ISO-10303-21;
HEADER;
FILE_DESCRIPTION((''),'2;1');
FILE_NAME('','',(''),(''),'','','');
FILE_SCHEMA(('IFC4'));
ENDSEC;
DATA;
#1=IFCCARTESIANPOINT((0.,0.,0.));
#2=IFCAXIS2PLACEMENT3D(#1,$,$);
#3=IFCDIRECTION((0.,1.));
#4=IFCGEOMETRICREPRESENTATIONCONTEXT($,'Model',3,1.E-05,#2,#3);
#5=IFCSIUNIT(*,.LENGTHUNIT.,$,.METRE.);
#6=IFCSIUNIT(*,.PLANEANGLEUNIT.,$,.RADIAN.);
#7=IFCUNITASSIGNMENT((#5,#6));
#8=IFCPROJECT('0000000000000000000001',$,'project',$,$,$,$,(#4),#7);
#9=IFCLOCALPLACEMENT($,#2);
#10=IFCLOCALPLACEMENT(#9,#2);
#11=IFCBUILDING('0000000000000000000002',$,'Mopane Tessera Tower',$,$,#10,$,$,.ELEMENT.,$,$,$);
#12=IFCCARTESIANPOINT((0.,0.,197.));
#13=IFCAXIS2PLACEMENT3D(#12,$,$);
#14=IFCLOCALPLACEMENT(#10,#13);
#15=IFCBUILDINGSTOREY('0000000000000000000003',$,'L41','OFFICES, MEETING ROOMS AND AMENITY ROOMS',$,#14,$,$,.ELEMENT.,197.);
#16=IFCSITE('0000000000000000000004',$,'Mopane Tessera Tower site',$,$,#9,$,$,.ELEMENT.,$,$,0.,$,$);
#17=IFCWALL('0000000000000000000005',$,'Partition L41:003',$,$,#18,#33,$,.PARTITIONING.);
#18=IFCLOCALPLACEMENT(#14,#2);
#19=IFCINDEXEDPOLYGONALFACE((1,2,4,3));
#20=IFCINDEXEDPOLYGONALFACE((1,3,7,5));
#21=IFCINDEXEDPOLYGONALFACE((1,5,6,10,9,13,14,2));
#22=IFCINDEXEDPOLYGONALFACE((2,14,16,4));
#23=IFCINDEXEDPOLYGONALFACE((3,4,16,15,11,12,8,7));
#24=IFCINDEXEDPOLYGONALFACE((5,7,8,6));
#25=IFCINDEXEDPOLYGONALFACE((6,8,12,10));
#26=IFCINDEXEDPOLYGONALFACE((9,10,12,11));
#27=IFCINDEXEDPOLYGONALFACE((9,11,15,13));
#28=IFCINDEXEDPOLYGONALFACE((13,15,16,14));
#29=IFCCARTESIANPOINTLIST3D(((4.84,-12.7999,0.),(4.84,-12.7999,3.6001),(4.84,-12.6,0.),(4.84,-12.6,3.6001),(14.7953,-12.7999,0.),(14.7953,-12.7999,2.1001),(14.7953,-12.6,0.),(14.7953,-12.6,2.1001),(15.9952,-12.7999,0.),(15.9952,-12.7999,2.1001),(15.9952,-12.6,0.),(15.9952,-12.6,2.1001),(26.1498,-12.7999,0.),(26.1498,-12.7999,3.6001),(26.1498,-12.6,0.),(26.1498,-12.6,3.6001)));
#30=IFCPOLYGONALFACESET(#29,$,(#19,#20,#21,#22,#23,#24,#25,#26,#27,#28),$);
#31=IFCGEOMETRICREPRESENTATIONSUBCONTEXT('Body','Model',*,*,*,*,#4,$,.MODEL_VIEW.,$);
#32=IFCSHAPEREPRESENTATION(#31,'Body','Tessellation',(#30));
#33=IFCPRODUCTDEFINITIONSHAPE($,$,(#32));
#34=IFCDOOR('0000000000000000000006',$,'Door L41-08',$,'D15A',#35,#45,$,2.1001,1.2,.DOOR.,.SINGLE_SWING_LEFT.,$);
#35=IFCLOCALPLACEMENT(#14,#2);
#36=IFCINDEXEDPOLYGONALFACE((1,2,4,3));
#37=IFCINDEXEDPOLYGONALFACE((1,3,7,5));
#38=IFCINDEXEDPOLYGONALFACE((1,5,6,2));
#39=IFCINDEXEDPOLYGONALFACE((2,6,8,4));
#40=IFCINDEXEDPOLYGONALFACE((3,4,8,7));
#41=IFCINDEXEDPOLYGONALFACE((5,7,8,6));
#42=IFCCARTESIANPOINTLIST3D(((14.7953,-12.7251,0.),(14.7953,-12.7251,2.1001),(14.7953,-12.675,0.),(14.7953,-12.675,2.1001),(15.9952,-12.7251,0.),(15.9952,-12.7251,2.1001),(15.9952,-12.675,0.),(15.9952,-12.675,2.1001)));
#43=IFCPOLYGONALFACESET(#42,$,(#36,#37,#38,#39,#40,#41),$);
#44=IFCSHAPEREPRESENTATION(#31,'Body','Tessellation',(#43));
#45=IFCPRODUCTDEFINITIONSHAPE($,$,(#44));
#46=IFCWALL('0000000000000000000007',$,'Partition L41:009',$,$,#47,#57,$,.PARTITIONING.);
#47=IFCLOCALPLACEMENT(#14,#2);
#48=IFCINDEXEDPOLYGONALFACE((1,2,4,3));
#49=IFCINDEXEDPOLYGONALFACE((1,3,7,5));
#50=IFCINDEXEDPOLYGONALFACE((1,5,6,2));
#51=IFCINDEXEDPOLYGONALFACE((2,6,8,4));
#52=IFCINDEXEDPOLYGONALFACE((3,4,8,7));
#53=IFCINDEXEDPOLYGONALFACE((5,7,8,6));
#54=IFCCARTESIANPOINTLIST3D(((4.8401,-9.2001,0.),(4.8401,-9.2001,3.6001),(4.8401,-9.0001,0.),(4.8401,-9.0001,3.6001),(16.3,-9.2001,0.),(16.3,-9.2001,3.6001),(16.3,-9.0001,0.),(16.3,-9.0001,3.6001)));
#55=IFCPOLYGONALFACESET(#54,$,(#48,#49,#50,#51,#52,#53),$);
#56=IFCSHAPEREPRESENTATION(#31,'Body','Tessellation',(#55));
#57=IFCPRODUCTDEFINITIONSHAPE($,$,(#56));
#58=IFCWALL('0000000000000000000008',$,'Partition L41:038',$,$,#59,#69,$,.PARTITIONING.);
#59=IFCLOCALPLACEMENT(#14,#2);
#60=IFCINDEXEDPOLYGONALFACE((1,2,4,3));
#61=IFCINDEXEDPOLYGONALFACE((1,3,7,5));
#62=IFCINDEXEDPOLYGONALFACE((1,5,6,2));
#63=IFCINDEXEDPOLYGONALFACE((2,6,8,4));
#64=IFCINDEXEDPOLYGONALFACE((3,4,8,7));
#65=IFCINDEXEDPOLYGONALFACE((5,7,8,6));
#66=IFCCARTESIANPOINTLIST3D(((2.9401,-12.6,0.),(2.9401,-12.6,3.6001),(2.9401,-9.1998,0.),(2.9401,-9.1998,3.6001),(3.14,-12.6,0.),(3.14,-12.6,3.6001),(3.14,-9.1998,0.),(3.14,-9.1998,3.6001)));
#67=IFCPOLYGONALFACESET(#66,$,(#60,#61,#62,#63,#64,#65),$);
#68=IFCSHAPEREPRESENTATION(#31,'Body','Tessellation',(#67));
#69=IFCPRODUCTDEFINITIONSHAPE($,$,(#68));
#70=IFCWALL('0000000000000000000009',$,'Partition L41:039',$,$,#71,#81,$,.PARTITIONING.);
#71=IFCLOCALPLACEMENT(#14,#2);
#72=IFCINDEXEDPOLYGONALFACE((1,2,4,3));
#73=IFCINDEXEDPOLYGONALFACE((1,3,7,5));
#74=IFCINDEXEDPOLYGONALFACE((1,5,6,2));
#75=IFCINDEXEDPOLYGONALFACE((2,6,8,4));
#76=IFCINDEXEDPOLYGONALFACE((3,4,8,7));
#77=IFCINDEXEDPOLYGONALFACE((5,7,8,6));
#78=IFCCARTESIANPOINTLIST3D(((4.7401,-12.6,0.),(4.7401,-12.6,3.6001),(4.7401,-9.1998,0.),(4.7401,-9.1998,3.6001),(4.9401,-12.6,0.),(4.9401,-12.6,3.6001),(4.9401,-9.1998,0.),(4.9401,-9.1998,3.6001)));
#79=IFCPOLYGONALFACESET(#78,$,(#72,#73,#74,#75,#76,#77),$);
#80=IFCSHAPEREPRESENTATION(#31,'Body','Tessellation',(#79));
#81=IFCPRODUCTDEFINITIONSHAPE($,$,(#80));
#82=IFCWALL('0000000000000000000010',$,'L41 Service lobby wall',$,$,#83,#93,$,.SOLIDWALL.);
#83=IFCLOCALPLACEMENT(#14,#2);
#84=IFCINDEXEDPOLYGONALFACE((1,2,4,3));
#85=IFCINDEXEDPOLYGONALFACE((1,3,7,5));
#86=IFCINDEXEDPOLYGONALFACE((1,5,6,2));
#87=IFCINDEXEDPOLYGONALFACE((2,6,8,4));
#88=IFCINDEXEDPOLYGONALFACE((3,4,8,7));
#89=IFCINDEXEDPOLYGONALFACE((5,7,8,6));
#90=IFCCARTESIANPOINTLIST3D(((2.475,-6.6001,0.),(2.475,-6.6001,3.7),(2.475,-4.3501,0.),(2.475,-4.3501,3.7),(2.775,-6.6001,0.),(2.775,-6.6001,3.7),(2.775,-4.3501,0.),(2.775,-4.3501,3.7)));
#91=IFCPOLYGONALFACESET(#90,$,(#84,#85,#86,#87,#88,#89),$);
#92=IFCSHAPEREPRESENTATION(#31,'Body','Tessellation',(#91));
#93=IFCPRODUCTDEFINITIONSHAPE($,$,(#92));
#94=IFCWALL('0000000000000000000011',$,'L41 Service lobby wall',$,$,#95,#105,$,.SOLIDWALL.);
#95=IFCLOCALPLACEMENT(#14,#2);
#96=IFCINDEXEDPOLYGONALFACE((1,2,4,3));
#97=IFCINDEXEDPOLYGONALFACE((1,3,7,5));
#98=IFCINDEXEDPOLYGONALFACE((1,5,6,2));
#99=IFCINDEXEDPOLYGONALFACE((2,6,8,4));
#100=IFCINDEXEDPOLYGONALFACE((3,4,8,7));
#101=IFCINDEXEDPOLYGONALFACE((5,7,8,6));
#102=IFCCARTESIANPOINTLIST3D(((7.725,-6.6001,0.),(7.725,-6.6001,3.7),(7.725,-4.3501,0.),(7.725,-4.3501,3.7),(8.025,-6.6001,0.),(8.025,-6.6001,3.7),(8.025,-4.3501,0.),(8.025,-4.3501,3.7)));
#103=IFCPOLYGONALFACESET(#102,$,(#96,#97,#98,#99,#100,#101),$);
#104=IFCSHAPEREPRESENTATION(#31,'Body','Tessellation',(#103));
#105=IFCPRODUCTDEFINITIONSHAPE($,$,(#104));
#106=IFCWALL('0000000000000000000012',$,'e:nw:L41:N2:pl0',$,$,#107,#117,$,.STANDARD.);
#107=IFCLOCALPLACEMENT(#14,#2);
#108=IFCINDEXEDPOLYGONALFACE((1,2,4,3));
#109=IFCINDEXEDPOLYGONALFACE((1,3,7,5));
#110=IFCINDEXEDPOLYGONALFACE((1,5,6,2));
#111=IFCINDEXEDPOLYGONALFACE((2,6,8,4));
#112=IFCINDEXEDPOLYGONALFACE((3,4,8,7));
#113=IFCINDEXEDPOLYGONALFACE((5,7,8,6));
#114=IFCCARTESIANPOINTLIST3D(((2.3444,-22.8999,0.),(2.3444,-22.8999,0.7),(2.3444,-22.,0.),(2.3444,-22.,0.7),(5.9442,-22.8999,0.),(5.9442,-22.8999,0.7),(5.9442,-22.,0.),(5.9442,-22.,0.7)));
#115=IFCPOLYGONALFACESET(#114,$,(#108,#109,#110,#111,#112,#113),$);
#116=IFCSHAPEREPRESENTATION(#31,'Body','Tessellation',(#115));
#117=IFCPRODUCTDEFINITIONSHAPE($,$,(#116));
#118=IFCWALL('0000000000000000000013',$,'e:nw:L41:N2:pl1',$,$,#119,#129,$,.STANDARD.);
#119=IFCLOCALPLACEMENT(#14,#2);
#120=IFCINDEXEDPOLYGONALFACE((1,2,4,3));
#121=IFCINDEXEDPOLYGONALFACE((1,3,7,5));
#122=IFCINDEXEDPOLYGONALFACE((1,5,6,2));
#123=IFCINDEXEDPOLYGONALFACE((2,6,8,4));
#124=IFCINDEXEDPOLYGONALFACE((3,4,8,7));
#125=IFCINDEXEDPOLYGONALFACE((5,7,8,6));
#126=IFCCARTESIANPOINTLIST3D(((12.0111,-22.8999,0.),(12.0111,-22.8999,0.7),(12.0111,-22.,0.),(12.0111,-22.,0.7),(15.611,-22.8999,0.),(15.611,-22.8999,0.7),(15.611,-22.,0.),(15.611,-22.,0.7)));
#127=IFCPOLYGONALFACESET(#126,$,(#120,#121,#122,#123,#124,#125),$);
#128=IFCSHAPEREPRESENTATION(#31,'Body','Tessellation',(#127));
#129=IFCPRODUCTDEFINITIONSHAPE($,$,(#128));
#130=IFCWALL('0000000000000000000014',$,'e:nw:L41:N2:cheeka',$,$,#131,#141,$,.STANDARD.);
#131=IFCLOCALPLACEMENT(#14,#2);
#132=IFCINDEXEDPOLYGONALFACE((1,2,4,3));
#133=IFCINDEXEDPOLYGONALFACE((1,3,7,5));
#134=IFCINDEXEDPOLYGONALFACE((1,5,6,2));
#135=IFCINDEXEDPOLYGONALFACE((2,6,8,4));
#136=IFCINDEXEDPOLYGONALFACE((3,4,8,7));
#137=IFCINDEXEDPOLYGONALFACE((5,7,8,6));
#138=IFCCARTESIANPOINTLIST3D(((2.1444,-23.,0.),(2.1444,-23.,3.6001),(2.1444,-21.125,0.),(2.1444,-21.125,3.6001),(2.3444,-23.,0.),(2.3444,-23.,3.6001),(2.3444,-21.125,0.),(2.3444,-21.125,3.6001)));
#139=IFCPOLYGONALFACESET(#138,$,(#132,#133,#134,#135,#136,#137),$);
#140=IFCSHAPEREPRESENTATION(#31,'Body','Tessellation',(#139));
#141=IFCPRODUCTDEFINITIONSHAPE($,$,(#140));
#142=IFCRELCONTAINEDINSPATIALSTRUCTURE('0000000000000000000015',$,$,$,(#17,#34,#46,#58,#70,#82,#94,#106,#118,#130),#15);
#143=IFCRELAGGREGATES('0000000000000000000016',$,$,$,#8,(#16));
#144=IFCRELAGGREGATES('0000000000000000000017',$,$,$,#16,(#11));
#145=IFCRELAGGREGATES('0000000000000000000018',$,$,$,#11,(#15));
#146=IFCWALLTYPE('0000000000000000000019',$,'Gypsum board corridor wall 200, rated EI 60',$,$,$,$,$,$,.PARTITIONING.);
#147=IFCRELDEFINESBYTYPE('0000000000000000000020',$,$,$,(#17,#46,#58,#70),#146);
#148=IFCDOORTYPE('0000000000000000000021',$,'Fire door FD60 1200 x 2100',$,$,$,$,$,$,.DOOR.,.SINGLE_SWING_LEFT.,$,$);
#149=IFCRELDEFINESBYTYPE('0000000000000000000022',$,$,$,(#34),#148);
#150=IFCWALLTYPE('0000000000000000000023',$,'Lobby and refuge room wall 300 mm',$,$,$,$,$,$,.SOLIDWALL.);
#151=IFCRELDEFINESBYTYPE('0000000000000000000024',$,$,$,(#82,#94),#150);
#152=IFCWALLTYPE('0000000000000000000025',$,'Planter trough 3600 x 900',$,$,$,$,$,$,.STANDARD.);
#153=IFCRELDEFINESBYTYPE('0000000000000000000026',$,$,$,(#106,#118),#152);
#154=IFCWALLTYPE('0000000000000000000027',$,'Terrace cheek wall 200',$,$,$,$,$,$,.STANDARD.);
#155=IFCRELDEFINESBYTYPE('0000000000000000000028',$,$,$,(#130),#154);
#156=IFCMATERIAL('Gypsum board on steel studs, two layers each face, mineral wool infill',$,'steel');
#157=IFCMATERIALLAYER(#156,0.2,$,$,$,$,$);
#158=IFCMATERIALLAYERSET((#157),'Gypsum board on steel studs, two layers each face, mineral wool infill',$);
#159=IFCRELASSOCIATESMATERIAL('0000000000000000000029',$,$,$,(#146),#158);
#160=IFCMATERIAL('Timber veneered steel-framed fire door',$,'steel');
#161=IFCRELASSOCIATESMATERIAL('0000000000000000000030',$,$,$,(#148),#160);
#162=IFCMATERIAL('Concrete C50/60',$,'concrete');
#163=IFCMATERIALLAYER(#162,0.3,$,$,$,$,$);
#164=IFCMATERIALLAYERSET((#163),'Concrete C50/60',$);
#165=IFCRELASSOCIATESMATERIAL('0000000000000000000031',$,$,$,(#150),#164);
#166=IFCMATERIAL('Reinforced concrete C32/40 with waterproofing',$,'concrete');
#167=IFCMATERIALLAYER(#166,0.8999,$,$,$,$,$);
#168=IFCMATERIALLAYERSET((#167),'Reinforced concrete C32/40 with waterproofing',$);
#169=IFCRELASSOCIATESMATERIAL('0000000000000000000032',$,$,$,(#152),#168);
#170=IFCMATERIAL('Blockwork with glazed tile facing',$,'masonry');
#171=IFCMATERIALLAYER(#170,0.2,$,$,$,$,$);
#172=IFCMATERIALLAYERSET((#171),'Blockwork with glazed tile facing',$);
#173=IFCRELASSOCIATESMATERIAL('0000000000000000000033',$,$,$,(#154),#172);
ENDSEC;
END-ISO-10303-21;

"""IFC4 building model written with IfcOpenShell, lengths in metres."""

from ifc_helpers import new_model, si_unit, direction, frame, frame_2d, origin, place, context, subcontext, project, spatial, rectangle, extrude, material, layer, layer_set, type_object, element, fill, save


model = new_model("IFC4")

# Units and contexts
model_context = context("Model", 3, precision=1e-05, world=origin(), true_north=direction((0.0, 1.0)))
body_context = subcontext(model_context, "Body", "Model", "MODEL_VIEW")
ifc_project = project(units=[si_unit("LENGTHUNIT", "METRE"), si_unit("PLANEANGLEUNIT", "RADIAN")], contexts=[model_context])

# Site, building, storey
site_placement = place(None, origin())
site = spatial("IfcSite", under=ifc_project, at=site_placement, Name="Mopane Tessera Tower site", CompositionType="ELEMENT", RefElevation=0.0)
building_placement = place(site_placement, origin())
building = spatial("IfcBuilding", under=site, at=building_placement, Name="Mopane Tessera Tower", CompositionType="ELEMENT")
storey_placement = place(building_placement, frame((0.0, 0.0, 197.0)))
storey = spatial("IfcBuildingStorey", under=building, at=storey_placement, Name="L41", Description="OFFICES, MEETING ROOMS AND AMENITY ROOMS", CompositionType="ELEMENT", Elevation=197.0)

# Wall, opening, door
ifc_material_1 = material(Name="Gypsum board on steel studs, two layers each face, mineral wool infill", Category="steel")
ifc_layer_1 = layer(ifc_material_1, 0.2)
ifc_layer_set_1 = layer_set([ifc_layer_1], Name="Gypsum board on steel studs, two layers each face, mineral wool infill")
wall_type_1 = type_object("IfcWallType", Name="Gypsum board corridor wall 200, rated EI 60", PredefinedType="PARTITIONING", material=ifc_layer_set_1)
wall_1_placement = place(storey_placement, frame((4.8401, -12.7, 0.0), z_axis=(0.0, 0.0, 1.0), x_axis=(1.0, 0.0, 0.0)))
wall_1 = element("IfcWall", 1, at=wall_1_placement, inside=storey, type_object=wall_type_1, Name="Partition L41:003", PredefinedType="PARTITIONING", context=body_context, shape_type="SweptSolid", body=[
    extrude(rectangle(XDim=21.3098, YDim=0.2, at=frame_2d((10.6548, 0.0))), origin(), (0.0, 0.0, 1.0), 3.6001),
])
opening_1_placement = place(wall_1_placement, frame((9.9551, 0.0, 0.0)))
opening_1 = element("IfcOpeningElement", 2, at=opening_1_placement, cuts=wall_1, PredefinedType="OPENING", context=body_context, shape_type="SweptSolid", body=[
    extrude(rectangle(XDim=1.2, YDim=2.1001, at=frame_2d((0.6001, 1.05))), frame((0.0, 0.1121, 0.0), z_axis=(0.0, -1.0, 0.0), x_axis=(1.0, 0.0, 0.0)), (0.0, 0.0, 1.0), 0.2239),
])
ifc_material_2 = material(Name="Timber veneered steel-framed fire door", Category="steel")
door_type_1 = type_object("IfcDoorType", Name="Fire door FD60 1200 x 2100", OperationType="SINGLE_SWING_LEFT", PredefinedType="DOOR", material=ifc_material_2)
door_1_placement = place(opening_1_placement, origin())
door_1 = element("IfcDoor", 3, at=door_1_placement, inside=storey, type_object=door_type_1, Name="Door L41-08", ObjectType="D15A", OperationType="SINGLE_SWING_LEFT", OverallHeight=2.1001, OverallWidth=1.2, PredefinedType="DOOR", context=body_context, shape_type="SweptSolid", body=[
    extrude(rectangle(XDim=1.2, YDim=2.1001, at=frame_2d((0.6001, 1.05))), frame((0.0, 0.0249, 0.0), z_axis=(0.0, -1.0, 0.0), x_axis=(1.0, 0.0, 0.0)), (0.0, 0.0, 1.0), 0.05),
])
fill(opening_1, door_1)

# Walls
wall_2_placement = place(storey_placement, frame((4.8401, -9.1001, 0.0), z_axis=(0.0, 0.0, 1.0), x_axis=(1.0, 0.0, 0.0)))
element("IfcWall", 4, at=wall_2_placement, inside=storey, type_object=wall_type_1, Name="Partition L41:009", PredefinedType="PARTITIONING", context=body_context, shape_type="SweptSolid", body=[
    extrude(rectangle(XDim=11.46, YDim=0.2, at=frame_2d((5.73, 0.0))), origin(), (0.0, 0.0, 1.0), 3.6001),
])
for number, where, z_axis, x_axis, name in (
    (5, (3.04, -12.6001, 0.0), (0.0, 0.0, 1.0), (0.0, 1.0, 0.0), "Partition L41:038"),
    (6, (4.8401, -12.6001, 0.0), (0.0, 0.0, 1.0), (0.0, 1.0, 0.0), "Partition L41:039"),
):
    element("IfcWall", number, at=place(storey_placement, frame(where, z_axis=z_axis, x_axis=x_axis)), inside=storey, type_object=wall_type_1, Name=name, PredefinedType="PARTITIONING", context=body_context, shape_type="SweptSolid", body=[
        extrude(rectangle(XDim=3.4001, YDim=0.2, at=frame_2d((1.7002, 0.0))), origin(), (0.0, 0.0, 1.0), 3.6001),
    ])
ifc_material_3 = material(Name="Concrete C50/60", Category="concrete")
ifc_layer_2 = layer(ifc_material_3, 0.3)
ifc_layer_set_2 = layer_set([ifc_layer_2], Name="Concrete C50/60")
wall_type_2 = type_object("IfcWallType", Name="Lobby and refuge room wall 300 mm", PredefinedType="SOLIDWALL", material=ifc_layer_set_2)
for number, where, z_axis, x_axis, name in (
    (7, (2.625, -6.6001, 0.0), (0.0, 0.0, 1.0), (0.0, 1.0, 0.0), "L41 Service lobby wall"),
    (8, (7.875, -6.6001, 0.0), (0.0, 0.0, 1.0), (0.0, 1.0, 0.0), "L41 Service lobby wall"),
):
    element("IfcWall", number, at=place(storey_placement, frame(where, z_axis=z_axis, x_axis=x_axis)), inside=storey, type_object=wall_type_2, Name=name, PredefinedType="SOLIDWALL", context=body_context, shape_type="SweptSolid", body=[
        extrude(rectangle(XDim=2.25, YDim=0.3, at=frame_2d((1.125, 0.0))), origin(), (0.0, 0.0, 1.0), 3.7),
    ])
ifc_material_4 = material(Name="Reinforced concrete C32/40 with waterproofing", Category="concrete")
ifc_layer_3 = layer(ifc_material_4, 0.8999)
ifc_layer_set_3 = layer_set([ifc_layer_3], Name="Reinforced concrete C32/40 with waterproofing")
wall_type_3 = type_object("IfcWallType", Name="Planter trough 3600 x 900", PredefinedType="STANDARD", material=ifc_layer_set_3)
for number, where, z_axis, x_axis, name in (
    (9, (2.3445, -22.45, 0.0), (0.0, 0.0, 1.0), (1.0, 0.0, 0.0), "e:nw:L41:N2:pl0"),
    (10, (12.0112, -22.45, 0.0), (0.0, 0.0, 1.0), (1.0, 0.0, 0.0), "e:nw:L41:N2:pl1"),
):
    element("IfcWall", number, at=place(storey_placement, frame(where, z_axis=z_axis, x_axis=x_axis)), inside=storey, type_object=wall_type_3, Name=name, PredefinedType="STANDARD", context=body_context, shape_type="SweptSolid", body=[
        extrude(rectangle(XDim=3.5999, YDim=0.8999, at=frame_2d((1.7998, 0.0))), origin(), (0.0, 0.0, 1.0), 0.7),
    ])
ifc_material_5 = material(Name="Blockwork with glazed tile facing", Category="masonry")
ifc_layer_4 = layer(ifc_material_5, 0.2)
ifc_layer_set_4 = layer_set([ifc_layer_4], Name="Blockwork with glazed tile facing")
wall_type_4 = type_object("IfcWallType", Name="Terrace cheek wall 200", PredefinedType="STANDARD", material=ifc_layer_set_4)
wall_3_placement = place(storey_placement, frame((2.2444, -23.0, 0.0), z_axis=(0.0, 0.0, 1.0), x_axis=(0.0, 1.0, 0.0)))
element("IfcWall", 11, at=wall_3_placement, inside=storey, type_object=wall_type_4, Name="e:nw:L41:N2:cheeka", PredefinedType="STANDARD", context=body_context, shape_type="SweptSolid", body=[
    extrude(rectangle(XDim=1.875, YDim=0.2, at=frame_2d((0.9375, 0.0))), origin(), (0.0, 0.0, 1.0), 3.6001),
])

save(model, "model.ifc")
